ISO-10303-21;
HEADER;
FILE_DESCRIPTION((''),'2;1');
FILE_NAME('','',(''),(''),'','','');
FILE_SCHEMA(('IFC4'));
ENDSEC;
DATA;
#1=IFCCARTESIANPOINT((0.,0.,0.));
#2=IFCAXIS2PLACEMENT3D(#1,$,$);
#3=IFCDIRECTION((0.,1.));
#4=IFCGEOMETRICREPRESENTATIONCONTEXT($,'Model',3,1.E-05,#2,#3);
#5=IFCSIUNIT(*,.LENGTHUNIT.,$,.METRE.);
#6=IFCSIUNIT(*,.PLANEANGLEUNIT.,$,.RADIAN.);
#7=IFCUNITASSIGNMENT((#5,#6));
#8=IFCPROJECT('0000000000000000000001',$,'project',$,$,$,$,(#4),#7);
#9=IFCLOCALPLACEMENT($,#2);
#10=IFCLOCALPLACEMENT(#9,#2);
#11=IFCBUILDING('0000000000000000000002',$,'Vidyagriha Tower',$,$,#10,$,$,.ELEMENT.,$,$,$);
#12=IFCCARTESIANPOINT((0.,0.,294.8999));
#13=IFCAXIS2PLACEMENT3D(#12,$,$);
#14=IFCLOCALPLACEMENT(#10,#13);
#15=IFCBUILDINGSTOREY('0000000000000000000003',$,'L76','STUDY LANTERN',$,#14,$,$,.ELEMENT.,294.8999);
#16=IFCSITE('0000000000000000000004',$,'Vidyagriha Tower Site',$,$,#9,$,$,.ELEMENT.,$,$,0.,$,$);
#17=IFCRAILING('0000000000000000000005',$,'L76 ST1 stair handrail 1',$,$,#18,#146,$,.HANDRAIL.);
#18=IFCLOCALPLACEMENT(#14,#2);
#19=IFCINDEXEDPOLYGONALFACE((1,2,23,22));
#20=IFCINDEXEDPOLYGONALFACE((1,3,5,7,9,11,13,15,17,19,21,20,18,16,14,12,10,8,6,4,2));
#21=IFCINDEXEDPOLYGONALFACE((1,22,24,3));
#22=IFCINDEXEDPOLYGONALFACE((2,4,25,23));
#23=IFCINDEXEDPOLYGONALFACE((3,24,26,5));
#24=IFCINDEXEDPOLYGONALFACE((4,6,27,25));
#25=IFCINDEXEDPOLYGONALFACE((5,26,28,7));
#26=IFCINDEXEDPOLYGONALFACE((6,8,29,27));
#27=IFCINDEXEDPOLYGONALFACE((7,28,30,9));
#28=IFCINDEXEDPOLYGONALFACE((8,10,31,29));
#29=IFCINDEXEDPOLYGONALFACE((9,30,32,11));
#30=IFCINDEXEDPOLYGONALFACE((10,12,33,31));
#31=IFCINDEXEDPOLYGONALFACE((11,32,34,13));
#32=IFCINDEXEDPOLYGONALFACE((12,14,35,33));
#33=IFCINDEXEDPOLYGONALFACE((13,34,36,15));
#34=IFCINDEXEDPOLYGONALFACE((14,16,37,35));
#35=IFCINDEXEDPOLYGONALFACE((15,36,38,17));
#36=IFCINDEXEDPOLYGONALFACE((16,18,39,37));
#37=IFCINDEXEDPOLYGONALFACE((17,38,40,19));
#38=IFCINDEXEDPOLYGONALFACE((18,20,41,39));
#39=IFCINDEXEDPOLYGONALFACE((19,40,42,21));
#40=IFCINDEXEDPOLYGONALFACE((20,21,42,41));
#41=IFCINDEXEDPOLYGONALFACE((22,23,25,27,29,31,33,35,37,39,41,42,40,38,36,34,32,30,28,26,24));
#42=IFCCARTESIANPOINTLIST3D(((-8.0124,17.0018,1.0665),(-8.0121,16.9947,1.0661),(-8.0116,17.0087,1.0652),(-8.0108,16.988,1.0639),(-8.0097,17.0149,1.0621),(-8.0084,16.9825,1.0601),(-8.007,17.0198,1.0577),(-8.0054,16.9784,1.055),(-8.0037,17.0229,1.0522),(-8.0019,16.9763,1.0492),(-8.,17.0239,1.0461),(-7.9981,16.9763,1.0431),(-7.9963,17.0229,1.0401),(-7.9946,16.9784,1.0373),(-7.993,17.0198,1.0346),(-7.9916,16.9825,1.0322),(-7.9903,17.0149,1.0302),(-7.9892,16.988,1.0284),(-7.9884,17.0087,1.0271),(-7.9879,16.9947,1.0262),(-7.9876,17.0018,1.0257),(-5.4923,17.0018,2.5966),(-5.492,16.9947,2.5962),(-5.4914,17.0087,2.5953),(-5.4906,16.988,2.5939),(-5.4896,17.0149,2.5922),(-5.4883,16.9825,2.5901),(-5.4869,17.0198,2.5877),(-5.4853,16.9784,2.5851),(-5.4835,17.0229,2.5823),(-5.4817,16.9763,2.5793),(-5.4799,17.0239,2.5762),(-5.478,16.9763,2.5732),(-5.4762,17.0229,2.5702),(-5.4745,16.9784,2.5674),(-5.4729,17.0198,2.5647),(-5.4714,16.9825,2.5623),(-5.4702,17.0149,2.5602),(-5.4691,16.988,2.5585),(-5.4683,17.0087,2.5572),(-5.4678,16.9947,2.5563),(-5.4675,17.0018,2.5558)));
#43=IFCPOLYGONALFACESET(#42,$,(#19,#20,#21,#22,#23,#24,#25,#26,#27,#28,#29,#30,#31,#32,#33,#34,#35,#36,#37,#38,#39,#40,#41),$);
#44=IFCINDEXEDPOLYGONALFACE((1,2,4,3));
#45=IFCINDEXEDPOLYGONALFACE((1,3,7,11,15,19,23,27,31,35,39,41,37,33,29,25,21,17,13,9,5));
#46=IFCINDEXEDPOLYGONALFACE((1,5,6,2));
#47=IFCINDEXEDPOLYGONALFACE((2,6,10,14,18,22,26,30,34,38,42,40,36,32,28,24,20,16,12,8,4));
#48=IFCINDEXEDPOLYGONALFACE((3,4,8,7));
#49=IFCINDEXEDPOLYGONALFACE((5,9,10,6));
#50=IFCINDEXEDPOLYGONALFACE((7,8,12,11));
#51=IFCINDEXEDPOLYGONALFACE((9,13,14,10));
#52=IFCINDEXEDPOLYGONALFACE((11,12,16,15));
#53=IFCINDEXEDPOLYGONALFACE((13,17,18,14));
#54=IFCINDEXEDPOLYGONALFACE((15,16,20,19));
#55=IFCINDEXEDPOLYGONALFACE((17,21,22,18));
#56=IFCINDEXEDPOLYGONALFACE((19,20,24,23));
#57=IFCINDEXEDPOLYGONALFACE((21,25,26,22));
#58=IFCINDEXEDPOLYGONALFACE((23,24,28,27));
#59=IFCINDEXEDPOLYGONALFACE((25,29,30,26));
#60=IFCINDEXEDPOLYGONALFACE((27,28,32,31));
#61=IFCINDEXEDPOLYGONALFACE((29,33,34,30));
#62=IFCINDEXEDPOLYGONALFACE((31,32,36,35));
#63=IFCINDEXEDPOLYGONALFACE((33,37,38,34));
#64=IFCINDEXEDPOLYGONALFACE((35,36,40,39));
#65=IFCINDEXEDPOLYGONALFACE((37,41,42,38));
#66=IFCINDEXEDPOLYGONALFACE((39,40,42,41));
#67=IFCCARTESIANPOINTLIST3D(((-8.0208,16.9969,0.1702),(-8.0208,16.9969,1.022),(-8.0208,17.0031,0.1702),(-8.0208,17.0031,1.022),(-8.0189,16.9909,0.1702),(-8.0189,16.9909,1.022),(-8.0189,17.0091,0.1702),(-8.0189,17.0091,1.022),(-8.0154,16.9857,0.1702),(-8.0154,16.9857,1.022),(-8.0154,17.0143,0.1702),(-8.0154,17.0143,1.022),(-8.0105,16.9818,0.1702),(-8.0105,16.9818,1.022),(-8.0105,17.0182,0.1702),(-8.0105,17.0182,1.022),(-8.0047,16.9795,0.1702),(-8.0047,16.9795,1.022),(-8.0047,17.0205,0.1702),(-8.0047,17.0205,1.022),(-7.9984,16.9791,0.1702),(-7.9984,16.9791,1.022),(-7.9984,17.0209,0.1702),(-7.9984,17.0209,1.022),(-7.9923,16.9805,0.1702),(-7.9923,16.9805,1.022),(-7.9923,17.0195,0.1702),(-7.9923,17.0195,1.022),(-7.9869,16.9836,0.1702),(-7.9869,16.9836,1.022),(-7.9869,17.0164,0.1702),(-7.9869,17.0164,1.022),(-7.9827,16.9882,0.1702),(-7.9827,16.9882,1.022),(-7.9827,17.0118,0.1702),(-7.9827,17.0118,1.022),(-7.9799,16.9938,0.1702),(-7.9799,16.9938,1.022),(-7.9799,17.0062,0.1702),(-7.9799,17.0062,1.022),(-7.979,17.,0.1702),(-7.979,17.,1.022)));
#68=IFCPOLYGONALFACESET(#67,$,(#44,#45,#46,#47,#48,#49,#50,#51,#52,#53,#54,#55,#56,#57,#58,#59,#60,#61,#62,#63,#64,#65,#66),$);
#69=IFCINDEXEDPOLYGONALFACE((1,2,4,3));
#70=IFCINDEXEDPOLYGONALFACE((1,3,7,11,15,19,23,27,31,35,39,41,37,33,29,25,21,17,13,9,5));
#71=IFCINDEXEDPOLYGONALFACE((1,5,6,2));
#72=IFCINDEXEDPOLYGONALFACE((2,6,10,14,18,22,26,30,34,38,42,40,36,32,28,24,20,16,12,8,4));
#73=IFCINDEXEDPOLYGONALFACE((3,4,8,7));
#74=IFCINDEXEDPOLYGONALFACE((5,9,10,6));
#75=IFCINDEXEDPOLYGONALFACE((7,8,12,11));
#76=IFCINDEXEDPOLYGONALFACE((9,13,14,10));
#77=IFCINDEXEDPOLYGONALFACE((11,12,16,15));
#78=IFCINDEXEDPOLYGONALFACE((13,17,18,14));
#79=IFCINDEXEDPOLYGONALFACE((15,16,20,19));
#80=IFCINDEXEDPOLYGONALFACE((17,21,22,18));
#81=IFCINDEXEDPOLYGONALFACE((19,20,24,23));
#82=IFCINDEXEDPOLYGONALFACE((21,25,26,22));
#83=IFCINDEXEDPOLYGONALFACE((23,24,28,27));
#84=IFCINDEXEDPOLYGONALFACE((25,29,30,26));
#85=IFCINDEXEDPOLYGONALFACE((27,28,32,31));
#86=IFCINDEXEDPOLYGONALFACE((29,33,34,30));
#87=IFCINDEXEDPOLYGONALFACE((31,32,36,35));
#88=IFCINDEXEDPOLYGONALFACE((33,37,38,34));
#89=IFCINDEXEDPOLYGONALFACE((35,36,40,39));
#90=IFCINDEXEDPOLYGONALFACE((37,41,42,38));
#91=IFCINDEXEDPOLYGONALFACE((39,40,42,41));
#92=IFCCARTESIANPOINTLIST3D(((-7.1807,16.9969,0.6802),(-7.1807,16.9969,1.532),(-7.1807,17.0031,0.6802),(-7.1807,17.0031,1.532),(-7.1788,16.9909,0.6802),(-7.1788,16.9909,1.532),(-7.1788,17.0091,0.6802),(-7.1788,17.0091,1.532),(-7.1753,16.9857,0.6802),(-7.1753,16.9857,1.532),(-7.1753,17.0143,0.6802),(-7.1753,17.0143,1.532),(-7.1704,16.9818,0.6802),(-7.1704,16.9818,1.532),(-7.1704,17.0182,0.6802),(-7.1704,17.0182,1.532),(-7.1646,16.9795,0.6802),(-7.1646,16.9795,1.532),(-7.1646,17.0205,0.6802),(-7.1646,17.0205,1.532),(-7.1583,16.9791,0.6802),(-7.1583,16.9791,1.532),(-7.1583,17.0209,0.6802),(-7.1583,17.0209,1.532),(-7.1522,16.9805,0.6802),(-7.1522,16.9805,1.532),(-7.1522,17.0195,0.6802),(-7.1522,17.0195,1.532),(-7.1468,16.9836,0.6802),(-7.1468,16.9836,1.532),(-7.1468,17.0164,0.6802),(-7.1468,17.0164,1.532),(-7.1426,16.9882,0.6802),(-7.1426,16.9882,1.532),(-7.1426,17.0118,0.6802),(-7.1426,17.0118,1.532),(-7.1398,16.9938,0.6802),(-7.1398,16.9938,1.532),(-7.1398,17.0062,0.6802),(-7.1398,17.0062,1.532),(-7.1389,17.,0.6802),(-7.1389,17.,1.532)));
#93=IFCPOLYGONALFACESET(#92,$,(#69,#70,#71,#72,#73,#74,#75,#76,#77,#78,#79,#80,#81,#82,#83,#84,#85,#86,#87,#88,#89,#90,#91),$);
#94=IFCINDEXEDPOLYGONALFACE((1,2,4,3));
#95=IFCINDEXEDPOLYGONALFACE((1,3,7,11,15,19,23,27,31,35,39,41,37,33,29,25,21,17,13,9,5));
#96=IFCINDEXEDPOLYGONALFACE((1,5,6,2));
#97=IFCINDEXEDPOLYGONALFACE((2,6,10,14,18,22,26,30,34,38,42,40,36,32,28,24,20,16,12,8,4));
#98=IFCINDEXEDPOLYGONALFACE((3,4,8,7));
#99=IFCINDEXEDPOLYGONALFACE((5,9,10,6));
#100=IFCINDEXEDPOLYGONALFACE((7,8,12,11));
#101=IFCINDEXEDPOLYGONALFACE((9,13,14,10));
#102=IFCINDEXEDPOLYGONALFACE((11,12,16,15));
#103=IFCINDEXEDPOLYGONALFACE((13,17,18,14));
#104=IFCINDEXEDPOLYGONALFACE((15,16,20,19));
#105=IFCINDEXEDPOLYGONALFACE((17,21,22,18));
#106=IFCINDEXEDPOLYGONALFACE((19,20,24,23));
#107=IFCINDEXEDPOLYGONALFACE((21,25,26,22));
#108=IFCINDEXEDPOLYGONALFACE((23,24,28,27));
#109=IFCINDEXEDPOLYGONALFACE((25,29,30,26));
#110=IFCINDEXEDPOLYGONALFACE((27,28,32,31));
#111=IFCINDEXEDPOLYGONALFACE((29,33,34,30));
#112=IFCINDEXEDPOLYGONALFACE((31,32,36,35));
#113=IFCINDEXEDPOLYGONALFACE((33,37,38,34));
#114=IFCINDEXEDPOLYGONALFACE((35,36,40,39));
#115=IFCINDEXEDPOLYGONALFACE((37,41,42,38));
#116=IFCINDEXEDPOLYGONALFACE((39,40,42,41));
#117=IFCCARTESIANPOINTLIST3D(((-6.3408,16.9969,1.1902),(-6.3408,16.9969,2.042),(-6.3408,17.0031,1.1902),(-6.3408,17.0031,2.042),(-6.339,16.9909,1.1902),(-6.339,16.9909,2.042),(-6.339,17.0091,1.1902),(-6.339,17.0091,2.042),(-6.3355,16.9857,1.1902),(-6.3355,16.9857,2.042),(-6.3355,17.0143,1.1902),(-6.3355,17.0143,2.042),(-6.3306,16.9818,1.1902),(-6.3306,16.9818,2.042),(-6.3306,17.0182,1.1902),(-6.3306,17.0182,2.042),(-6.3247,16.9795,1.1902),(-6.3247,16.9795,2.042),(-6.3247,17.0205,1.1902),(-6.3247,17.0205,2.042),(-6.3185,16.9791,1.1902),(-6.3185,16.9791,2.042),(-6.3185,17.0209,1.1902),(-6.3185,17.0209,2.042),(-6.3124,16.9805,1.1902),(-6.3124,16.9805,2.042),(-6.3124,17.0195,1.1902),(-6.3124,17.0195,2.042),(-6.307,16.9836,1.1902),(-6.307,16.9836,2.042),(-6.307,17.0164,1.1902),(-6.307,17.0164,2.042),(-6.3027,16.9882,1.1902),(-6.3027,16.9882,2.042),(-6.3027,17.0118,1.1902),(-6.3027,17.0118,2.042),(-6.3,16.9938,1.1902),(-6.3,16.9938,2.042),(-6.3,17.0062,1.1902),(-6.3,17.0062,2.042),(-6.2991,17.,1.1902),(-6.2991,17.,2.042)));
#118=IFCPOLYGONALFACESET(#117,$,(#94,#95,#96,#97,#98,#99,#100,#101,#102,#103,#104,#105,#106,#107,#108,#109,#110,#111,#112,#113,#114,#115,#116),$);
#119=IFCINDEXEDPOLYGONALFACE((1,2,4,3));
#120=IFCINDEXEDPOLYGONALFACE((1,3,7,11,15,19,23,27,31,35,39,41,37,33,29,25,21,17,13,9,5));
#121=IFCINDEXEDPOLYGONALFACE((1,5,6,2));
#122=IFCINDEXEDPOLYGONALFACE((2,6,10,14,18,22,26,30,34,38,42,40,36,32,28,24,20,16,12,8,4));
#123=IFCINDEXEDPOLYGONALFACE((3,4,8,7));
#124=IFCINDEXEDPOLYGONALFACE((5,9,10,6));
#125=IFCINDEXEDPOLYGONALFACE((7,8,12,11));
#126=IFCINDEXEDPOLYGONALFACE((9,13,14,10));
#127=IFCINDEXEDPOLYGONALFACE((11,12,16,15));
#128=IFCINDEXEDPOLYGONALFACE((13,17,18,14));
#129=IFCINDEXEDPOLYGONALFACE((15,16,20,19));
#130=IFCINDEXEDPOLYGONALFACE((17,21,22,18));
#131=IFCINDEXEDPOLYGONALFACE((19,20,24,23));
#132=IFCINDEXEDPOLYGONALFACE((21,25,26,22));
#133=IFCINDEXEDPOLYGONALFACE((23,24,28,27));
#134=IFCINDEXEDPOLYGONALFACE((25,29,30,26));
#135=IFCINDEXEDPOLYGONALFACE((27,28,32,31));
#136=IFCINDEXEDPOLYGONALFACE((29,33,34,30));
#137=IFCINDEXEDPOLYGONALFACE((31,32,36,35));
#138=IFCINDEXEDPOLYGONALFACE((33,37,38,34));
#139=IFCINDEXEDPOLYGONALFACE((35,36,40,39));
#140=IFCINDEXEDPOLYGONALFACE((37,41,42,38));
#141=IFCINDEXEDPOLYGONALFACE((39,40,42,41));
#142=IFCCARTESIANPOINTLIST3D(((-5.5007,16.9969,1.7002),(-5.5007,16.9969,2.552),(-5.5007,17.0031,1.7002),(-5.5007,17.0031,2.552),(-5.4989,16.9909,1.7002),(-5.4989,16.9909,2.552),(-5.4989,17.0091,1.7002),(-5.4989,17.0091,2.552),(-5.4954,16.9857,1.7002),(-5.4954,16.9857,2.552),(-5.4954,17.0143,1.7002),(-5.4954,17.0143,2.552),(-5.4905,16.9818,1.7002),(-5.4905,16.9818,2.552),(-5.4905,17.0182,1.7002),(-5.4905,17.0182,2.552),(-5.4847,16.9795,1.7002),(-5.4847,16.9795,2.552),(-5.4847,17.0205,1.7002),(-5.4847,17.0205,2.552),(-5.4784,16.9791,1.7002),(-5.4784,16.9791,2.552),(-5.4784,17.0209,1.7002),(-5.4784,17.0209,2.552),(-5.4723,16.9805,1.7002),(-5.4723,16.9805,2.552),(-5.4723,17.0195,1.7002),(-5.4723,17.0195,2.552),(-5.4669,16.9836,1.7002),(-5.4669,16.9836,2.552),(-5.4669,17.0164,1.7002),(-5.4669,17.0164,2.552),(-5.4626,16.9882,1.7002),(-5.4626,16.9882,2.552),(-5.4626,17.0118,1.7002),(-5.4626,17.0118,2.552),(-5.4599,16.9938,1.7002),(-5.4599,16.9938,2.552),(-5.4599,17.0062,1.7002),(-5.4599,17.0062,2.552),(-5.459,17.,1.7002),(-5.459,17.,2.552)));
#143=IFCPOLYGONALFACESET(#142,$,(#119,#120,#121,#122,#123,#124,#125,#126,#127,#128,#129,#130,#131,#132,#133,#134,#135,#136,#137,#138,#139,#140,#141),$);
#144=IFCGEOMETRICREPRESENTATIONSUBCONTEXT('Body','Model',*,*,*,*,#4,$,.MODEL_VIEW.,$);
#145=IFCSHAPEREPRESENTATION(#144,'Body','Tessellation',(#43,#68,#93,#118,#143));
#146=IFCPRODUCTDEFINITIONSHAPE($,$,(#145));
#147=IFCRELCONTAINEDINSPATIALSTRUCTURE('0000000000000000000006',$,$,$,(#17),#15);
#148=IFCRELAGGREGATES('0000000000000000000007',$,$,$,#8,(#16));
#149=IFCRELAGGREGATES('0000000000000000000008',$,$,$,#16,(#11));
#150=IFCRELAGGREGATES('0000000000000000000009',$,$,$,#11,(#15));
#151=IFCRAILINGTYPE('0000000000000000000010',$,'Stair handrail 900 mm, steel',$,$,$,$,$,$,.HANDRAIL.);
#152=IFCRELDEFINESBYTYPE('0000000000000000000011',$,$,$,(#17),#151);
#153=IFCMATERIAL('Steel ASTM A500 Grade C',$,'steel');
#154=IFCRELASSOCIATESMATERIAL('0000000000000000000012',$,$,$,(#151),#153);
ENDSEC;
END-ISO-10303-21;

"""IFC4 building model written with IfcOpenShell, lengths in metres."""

from ifc_helpers import new_model, si_unit, direction, frame, origin, origin_2d, place, context, subcontext, project, spatial, circle, extrude, material, type_object, element, save


model = new_model("IFC4")

# Units and contexts
model_context = context("Model", 3, precision=1e-05, world=origin(), true_north=direction((0.0, 1.0)))
body_context = subcontext(model_context, "Body", "Model", "MODEL_VIEW")
ifc_project = project(units=[si_unit("LENGTHUNIT", "METRE"), si_unit("PLANEANGLEUNIT", "RADIAN")], contexts=[model_context])

# Site, building, storey
site_placement = place(None, origin())
site = spatial("IfcSite", under=ifc_project, at=site_placement, Name="Vidyagriha Tower Site", CompositionType="ELEMENT", RefElevation=0.0)
building_placement = place(site_placement, origin())
building = spatial("IfcBuilding", under=site, at=building_placement, Name="Vidyagriha Tower", CompositionType="ELEMENT")
storey_placement = place(building_placement, frame((0.0, 0.0, 294.8999)))
storey = spatial("IfcBuildingStorey", under=building, at=storey_placement, Name="L76", Description="STUDY LANTERN", CompositionType="ELEMENT", Elevation=294.8999)

# Railing
ifc_material_1 = material(Name="Steel ASTM A500 Grade C", Category="steel")
railing_type_1 = type_object("IfcRailingType", Name="Stair handrail 900 mm, steel", PredefinedType="HANDRAIL", material=ifc_material_1)
railing_1_placement = place(storey_placement, frame((-8.0, 17.0, 0.1702)))
element("IfcRailing", 1, at=railing_1_placement, inside=storey, type_object=railing_type_1, Name="L76 ST1 stair handrail 1", PredefinedType="HANDRAIL", context=body_context, shape_type="SweptSolid", body=[
    extrude(circle(Radius=0.0239, at=origin_2d()), frame((0.0, 0.0, 0.876), z_axis=(0.854785, 0.0, 0.518982), x_axis=(0.0, 1.0, 0.0)), (0.0, 0.0, 1.0), 2.9482),
    extrude(circle(Radius=0.021, at=origin_2d()), origin(), (0.0, 0.0, 1.0), 0.8518),
    extrude(circle(Radius=0.021, at=origin_2d()), frame((0.8401, 0.0, 0.51)), (0.0, 0.0, 1.0), 0.8518),
    extrude(circle(Radius=0.021, at=origin_2d()), frame((1.6799, 0.0, 1.02)), (0.0, 0.0, 1.0), 0.8518),
    extrude(circle(Radius=0.021, at=origin_2d()), frame((2.52, 0.0, 1.53)), (0.0, 0.0, 1.0), 0.8518),
])

save(model, "model.ifc")
